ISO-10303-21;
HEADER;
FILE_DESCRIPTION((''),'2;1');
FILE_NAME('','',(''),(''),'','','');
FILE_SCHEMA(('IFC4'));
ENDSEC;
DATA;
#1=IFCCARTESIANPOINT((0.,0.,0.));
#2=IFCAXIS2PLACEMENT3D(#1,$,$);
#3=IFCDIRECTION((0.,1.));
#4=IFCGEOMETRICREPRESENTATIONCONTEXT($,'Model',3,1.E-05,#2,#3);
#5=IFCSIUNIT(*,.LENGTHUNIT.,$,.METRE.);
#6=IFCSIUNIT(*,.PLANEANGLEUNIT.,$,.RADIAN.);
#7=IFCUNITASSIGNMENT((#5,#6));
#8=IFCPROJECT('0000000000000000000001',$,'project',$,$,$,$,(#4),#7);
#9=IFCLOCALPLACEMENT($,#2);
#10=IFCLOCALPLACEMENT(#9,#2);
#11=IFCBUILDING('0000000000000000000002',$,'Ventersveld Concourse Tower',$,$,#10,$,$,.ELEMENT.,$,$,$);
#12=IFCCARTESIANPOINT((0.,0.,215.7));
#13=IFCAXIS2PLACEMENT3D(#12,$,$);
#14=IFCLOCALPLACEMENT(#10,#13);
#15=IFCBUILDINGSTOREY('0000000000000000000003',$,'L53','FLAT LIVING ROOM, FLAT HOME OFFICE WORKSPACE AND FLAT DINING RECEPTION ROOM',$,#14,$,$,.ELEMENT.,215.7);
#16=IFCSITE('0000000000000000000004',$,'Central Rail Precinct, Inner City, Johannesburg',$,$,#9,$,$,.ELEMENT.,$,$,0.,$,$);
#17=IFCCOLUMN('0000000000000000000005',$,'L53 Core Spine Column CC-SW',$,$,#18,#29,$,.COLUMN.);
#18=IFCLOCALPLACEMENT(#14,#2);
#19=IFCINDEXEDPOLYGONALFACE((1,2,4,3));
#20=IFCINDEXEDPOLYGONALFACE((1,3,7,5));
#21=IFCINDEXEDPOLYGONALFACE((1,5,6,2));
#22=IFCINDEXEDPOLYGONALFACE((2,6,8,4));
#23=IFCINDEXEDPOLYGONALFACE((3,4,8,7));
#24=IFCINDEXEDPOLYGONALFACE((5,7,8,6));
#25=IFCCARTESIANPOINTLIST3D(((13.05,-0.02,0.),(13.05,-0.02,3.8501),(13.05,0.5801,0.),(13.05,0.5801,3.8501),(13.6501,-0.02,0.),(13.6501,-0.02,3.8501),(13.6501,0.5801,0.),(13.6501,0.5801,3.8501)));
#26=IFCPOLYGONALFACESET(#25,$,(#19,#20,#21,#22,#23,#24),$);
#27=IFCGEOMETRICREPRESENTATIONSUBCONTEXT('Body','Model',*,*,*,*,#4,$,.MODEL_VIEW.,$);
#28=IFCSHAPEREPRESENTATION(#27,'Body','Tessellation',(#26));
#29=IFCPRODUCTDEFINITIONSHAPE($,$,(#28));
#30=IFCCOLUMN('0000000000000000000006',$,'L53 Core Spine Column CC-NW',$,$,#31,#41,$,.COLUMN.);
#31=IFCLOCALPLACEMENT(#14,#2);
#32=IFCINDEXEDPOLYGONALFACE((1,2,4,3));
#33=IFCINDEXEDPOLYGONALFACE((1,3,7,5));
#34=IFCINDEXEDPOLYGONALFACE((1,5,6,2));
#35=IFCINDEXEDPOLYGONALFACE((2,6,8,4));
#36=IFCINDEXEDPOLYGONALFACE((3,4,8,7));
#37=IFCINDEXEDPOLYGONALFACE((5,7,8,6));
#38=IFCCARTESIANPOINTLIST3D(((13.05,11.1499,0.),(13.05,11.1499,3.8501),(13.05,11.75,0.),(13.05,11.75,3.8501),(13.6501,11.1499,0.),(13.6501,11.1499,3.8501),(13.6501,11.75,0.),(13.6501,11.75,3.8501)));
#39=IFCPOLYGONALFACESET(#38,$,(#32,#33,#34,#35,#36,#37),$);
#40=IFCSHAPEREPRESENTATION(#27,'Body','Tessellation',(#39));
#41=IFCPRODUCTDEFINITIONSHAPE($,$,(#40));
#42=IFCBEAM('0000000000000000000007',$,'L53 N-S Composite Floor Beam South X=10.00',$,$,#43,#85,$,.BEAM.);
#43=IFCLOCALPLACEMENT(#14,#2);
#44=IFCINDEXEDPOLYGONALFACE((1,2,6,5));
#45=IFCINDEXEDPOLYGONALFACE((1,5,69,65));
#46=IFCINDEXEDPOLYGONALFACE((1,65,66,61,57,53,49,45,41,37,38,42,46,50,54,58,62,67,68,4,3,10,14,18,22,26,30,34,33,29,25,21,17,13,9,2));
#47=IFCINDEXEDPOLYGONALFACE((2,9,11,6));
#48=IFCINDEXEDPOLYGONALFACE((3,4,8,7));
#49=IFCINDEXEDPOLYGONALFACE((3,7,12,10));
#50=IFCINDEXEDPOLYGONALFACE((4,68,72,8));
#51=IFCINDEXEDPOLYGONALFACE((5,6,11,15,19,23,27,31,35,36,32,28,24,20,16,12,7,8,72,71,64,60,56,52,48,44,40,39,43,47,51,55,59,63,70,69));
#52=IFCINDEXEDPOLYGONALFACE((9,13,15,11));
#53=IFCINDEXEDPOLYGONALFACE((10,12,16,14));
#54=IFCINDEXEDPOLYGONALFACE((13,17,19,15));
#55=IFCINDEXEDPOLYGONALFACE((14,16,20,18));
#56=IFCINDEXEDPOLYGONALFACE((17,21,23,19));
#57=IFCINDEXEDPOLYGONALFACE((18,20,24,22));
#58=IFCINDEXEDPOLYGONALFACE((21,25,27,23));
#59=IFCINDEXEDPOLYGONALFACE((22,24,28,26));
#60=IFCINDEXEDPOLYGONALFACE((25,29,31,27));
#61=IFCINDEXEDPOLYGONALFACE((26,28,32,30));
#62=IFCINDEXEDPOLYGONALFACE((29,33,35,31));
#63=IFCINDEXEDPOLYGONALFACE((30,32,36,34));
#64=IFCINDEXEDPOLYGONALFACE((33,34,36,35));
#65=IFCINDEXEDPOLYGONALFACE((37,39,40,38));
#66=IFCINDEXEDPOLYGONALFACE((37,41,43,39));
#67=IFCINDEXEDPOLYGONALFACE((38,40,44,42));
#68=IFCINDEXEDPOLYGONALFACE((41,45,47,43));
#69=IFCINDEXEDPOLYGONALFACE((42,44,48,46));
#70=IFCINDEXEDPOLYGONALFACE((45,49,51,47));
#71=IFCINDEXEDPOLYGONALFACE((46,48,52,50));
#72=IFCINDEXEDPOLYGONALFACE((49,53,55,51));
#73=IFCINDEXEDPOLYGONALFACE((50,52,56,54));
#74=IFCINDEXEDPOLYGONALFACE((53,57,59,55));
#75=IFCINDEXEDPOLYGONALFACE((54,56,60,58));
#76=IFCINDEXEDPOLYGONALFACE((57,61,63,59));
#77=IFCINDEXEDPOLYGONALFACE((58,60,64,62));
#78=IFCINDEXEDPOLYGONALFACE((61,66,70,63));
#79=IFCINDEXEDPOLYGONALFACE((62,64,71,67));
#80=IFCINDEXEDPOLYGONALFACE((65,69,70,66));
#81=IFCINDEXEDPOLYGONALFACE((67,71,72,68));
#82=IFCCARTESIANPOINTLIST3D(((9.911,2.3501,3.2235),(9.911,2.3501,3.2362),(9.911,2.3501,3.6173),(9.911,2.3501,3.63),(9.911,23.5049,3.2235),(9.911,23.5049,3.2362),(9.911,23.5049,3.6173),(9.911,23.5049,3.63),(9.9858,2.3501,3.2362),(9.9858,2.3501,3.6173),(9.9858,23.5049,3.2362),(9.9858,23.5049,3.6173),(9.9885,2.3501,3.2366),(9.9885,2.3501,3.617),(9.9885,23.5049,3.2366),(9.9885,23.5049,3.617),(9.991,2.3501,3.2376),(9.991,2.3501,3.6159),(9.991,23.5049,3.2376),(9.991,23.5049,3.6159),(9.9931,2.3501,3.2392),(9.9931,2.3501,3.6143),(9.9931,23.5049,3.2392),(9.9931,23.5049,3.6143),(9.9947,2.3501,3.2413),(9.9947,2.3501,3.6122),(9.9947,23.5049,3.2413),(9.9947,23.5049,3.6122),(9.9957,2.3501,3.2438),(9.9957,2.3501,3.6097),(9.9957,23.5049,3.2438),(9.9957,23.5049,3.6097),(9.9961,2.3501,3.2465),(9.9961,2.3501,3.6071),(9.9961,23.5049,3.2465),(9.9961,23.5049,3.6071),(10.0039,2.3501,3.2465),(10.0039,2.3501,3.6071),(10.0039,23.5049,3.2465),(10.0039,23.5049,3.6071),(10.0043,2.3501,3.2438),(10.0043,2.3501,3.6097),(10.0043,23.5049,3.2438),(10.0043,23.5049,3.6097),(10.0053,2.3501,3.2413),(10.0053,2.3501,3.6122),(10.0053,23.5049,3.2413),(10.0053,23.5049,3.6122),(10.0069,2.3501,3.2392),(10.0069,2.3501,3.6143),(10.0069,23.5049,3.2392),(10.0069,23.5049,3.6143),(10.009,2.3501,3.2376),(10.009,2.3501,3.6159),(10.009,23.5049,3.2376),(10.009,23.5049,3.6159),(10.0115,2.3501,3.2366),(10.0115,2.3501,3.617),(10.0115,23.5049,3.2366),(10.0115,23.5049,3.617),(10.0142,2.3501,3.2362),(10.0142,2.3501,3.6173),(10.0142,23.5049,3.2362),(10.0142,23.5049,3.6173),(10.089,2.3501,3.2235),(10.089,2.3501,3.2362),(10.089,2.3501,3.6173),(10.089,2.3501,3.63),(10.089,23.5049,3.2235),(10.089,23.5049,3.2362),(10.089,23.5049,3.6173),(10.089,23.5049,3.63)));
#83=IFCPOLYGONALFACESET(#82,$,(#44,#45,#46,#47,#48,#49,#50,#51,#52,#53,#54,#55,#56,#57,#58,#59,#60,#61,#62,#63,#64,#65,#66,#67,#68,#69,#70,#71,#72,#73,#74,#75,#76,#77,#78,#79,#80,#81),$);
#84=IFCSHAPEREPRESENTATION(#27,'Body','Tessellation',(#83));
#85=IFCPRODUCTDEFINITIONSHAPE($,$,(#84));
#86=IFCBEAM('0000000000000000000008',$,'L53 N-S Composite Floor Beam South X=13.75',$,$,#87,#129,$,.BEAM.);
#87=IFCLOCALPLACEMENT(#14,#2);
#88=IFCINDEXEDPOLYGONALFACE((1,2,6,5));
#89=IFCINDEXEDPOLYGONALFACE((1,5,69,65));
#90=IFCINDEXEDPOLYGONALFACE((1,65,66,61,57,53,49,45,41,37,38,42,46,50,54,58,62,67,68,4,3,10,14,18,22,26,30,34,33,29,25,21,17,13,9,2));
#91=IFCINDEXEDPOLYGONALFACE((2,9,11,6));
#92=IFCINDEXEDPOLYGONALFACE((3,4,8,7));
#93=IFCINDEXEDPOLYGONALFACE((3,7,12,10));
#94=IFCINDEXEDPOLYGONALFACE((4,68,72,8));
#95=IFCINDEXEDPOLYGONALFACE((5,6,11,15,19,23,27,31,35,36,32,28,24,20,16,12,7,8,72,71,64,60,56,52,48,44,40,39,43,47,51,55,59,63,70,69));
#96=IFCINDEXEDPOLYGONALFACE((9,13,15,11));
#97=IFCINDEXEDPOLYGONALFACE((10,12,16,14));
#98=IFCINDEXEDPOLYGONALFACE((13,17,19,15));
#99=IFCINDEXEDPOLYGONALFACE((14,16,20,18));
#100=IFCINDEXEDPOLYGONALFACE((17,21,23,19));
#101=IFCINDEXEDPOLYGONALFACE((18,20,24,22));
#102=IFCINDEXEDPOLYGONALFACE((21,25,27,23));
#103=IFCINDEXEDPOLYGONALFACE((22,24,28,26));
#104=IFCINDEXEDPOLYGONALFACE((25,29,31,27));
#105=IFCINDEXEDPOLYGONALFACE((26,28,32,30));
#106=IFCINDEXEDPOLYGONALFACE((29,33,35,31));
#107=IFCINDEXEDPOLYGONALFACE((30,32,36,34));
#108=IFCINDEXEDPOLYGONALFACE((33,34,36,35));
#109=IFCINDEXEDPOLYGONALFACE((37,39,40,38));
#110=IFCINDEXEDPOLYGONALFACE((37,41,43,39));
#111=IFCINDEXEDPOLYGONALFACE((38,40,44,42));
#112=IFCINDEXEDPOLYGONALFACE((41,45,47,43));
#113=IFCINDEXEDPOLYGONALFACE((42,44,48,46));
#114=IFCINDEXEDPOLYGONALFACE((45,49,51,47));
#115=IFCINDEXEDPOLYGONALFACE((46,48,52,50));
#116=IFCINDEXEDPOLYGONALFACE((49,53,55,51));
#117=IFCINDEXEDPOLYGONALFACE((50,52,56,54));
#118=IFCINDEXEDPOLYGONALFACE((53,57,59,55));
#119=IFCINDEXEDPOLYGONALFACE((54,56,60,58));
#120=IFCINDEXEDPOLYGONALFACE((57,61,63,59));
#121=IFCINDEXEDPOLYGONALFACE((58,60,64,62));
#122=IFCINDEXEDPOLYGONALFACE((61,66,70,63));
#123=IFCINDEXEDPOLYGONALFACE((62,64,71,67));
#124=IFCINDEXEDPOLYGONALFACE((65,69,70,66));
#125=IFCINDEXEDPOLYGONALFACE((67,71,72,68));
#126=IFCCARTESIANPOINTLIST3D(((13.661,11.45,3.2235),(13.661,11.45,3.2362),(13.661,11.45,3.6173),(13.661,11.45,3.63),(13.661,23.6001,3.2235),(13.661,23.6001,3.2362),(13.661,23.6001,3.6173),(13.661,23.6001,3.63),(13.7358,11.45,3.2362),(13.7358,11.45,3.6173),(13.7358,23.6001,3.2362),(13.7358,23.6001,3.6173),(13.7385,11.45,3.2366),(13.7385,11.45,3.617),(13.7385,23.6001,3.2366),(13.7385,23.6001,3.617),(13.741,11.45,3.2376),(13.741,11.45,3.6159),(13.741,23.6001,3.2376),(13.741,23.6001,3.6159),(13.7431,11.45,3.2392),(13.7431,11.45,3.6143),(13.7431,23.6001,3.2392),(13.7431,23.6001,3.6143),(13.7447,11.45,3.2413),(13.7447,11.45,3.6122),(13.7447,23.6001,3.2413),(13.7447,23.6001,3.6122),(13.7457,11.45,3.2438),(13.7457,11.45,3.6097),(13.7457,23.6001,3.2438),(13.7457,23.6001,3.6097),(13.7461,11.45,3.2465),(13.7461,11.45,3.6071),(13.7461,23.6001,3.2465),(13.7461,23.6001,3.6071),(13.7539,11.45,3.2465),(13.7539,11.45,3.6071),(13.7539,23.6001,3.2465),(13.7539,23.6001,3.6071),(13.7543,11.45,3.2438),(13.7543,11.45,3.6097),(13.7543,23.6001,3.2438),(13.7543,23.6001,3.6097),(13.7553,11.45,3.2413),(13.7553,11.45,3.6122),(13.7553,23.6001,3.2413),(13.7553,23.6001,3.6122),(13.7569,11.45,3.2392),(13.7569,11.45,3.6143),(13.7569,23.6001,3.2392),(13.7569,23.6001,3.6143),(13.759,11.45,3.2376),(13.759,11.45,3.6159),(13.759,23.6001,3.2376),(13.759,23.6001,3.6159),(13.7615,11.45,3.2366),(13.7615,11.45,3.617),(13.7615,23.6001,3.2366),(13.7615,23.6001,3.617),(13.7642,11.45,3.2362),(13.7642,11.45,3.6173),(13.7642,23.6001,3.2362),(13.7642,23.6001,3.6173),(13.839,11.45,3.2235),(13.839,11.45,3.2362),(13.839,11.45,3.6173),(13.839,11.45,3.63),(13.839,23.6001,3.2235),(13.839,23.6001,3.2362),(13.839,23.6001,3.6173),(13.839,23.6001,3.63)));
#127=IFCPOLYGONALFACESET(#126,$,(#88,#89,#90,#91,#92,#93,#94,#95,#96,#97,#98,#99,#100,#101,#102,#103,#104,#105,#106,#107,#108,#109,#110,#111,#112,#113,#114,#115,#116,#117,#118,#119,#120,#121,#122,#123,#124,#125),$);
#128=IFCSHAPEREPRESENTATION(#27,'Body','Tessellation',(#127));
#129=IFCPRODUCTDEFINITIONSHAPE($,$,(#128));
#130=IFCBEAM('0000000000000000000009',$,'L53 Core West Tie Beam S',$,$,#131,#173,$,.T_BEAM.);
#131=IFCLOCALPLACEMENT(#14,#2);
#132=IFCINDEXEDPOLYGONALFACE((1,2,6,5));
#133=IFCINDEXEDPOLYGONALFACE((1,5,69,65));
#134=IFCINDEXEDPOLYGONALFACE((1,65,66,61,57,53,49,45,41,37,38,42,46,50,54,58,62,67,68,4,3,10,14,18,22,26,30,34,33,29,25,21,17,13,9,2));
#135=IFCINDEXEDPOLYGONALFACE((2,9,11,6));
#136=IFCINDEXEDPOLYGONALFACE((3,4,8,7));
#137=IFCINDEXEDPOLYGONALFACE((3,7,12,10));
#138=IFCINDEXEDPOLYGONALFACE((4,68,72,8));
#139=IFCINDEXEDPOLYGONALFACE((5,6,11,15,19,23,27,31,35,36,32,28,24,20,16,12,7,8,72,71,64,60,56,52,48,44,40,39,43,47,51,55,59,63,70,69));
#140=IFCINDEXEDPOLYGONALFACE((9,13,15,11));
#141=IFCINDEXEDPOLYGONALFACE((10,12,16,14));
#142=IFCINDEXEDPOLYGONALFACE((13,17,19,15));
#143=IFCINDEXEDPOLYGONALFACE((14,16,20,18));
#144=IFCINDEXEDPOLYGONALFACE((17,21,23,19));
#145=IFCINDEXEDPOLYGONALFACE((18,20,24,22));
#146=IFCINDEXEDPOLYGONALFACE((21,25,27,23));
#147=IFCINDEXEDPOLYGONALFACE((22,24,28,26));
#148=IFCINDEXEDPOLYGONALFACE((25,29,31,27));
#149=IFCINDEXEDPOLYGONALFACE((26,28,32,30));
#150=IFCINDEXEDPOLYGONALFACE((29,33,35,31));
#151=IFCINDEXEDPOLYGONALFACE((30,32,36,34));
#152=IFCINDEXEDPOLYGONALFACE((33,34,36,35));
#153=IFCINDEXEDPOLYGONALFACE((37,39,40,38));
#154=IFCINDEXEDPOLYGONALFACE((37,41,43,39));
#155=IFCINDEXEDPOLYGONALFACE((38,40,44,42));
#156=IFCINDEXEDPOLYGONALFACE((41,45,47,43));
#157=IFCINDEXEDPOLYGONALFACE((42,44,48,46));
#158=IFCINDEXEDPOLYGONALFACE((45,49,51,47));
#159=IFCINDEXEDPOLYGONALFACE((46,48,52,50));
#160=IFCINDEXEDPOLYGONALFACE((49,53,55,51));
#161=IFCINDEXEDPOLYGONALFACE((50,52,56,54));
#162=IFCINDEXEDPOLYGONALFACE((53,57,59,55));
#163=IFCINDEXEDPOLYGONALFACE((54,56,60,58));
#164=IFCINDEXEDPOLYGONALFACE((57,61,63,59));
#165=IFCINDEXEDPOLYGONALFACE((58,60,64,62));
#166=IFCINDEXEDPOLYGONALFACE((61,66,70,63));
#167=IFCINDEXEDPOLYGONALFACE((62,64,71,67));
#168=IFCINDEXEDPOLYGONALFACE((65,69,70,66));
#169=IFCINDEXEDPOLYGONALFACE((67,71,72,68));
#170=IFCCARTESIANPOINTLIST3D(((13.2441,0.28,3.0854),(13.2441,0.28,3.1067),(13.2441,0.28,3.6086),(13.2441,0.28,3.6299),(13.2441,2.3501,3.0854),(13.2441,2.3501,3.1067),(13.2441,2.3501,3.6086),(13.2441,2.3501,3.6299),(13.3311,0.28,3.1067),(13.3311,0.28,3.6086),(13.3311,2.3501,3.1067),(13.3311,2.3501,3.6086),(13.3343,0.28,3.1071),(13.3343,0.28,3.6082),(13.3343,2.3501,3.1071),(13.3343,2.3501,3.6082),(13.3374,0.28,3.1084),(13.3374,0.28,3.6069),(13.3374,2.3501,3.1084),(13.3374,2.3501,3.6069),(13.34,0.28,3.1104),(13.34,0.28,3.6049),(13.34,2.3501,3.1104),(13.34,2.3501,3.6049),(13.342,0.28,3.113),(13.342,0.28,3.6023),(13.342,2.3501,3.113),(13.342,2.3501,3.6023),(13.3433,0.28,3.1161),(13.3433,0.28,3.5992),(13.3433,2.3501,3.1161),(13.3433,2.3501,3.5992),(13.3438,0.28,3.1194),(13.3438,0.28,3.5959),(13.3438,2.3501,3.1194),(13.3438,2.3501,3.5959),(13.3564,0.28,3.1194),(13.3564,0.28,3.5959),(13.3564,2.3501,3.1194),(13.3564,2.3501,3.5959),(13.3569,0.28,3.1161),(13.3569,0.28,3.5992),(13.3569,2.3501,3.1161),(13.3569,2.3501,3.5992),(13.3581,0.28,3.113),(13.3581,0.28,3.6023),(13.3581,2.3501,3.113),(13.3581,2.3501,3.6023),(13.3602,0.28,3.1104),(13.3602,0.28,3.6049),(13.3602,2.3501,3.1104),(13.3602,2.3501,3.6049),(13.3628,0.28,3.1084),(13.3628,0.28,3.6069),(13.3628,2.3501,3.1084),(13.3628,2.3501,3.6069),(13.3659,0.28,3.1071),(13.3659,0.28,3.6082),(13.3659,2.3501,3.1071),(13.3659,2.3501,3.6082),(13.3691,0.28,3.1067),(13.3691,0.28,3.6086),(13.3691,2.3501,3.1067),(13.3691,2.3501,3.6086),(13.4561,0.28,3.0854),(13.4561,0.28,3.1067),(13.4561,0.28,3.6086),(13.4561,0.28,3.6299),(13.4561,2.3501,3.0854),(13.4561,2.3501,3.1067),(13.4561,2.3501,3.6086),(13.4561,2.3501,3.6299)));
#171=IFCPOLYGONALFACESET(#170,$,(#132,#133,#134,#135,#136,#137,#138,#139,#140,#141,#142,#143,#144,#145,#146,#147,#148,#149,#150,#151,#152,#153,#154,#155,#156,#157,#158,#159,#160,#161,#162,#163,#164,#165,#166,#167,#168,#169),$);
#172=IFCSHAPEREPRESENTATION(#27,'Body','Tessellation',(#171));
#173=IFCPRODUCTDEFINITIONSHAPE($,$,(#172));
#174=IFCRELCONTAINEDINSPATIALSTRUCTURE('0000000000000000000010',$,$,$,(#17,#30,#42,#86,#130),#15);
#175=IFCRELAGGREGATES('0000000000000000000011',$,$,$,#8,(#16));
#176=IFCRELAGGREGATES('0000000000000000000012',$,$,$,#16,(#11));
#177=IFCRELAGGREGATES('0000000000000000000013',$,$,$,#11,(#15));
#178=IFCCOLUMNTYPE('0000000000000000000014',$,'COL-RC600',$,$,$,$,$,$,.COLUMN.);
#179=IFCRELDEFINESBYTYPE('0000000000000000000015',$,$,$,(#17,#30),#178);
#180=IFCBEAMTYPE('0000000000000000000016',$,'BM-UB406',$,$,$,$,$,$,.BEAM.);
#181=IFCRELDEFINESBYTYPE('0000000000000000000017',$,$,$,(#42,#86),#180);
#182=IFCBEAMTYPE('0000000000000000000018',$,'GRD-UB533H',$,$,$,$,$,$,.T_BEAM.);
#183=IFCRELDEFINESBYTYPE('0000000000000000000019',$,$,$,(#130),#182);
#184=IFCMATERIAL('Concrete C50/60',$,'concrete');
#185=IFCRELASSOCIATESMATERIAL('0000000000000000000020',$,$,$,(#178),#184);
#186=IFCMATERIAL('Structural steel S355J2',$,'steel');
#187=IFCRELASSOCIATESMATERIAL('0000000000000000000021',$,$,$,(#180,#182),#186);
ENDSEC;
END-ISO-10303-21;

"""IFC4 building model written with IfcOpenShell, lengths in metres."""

from ifc_helpers import new_model, si_unit, direction, frame, origin, origin_2d, place, context, subcontext, project, spatial, rectangle, i_section, extrude, material, material_profile, profile_set, type_object, element, save


model = new_model("IFC4")

# Units and contexts
model_context = context("Model", 3, precision=1e-05, world=origin(), true_north=direction((0.0, 1.0)))
body_context = subcontext(model_context, "Body", "Model", "MODEL_VIEW")
ifc_project = project(units=[si_unit("LENGTHUNIT", "METRE"), si_unit("PLANEANGLEUNIT", "RADIAN")], contexts=[model_context])

# Site, building, storey
site_placement = place(None, origin())
site = spatial("IfcSite", under=ifc_project, at=site_placement, Name="Central Rail Precinct, Inner City, Johannesburg", CompositionType="ELEMENT", RefElevation=0.0)
building_placement = place(site_placement, origin())
building = spatial("IfcBuilding", under=site, at=building_placement, Name="Ventersveld Concourse Tower", CompositionType="ELEMENT")
storey_placement = place(building_placement, frame((0.0, 0.0, 215.7)))
storey = spatial("IfcBuildingStorey", under=building, at=storey_placement, Name="L53", Description="FLAT LIVING ROOM, FLAT HOME OFFICE WORKSPACE AND FLAT DINING RECEPTION ROOM", CompositionType="ELEMENT", Elevation=215.7)

# Columns
ifc_material_1 = material(Name="Concrete C50/60", Category="concrete")
ifc_material_profile_1 = material_profile(ifc_material_1, rectangle(XDim=0.6001, YDim=0.6001, at=origin_2d()), Name="RC 600x600")
ifc_profile_set_1 = profile_set([ifc_material_profile_1], Name="Concrete C50/60")
column_type = type_object("IfcColumnType", Name="COL-RC600", PredefinedType="COLUMN", material=ifc_profile_set_1)
for number, where, z_axis, x_axis, name in (
    (1, (13.3501, 0.28, 0.0), (0.0, 0.0, 1.0), (1.0, 0.0, 0.0), "L53 Core Spine Column CC-SW"),
    (2, (13.3501, 11.45, 0.0), (0.0, 0.0, 1.0), (1.0, 0.0, 0.0), "L53 Core Spine Column CC-NW"),
):
    element("IfcColumn", number, at=place(storey_placement, frame(where, z_axis=z_axis, x_axis=x_axis)), inside=storey, type_object=column_type, Name=name, PredefinedType="COLUMN", context=body_context, shape_type="SweptSolid", body=[
        extrude(rectangle(XDim=0.6001, YDim=0.6001, at=origin_2d()), origin(), (0.0, 0.0, 1.0), 3.8501),
    ])

# Beams
ifc_material_2 = material(Name="Structural steel S355J2", Category="steel")
ifc_material_profile_2 = material_profile(ifc_material_2, i_section(OverallWidth=0.178, OverallDepth=0.4065, WebThickness=0.0078, FlangeThickness=0.0127, FilletRadius=0.0103, at=origin_2d()), Name="UB 406x178x60")
ifc_profile_set_2 = profile_set([ifc_material_profile_2], Name="Structural steel S355J2")
beam_type_1 = type_object("IfcBeamType", Name="BM-UB406", PredefinedType="BEAM", material=ifc_profile_set_2)
beam_1_placement = place(storey_placement, frame((10.0, 2.3501, 3.4268), z_axis=(0.0, 1.0, 0.0), x_axis=(-1.0, 0.0, 0.0)))
element("IfcBeam", 3, at=beam_1_placement, inside=storey, type_object=beam_type_1, Name="L53 N-S Composite Floor Beam South X=10.00", PredefinedType="BEAM", context=body_context, shape_type="SweptSolid", body=[
    extrude(i_section(OverallWidth=0.178, OverallDepth=0.4065, WebThickness=0.0078, FlangeThickness=0.0127, FilletRadius=0.0103, at=origin_2d()), origin(), (0.0, 0.0, 1.0), 21.1548),
])
beam_2_placement = place(storey_placement, frame((13.75, 11.45, 3.4268), z_axis=(0.0, 1.0, 0.0), x_axis=(-1.0, 0.0, 0.0)))
element("IfcBeam", 4, at=beam_2_placement, inside=storey, type_object=beam_type_1, Name="L53 N-S Composite Floor Beam South X=13.75", PredefinedType="BEAM", context=body_context, shape_type="SweptSolid", body=[
    extrude(i_section(OverallWidth=0.178, OverallDepth=0.4065, WebThickness=0.0078, FlangeThickness=0.0127, FilletRadius=0.0103, at=origin_2d()), origin(), (0.0, 0.0, 1.0), 12.1501),
])
ifc_material_profile_3 = material_profile(ifc_material_2, i_section(OverallWidth=0.2119, OverallDepth=0.5444, WebThickness=0.0127, FlangeThickness=0.0212, FilletRadius=0.0127, at=origin_2d()), Name="UB 533x210x122")
ifc_profile_set_3 = profile_set([ifc_material_profile_3], Name="Structural steel S355J2")
beam_type_2 = type_object("IfcBeamType", Name="GRD-UB533H", PredefinedType="T_BEAM", material=ifc_profile_set_3)
beam_3_placement = place(storey_placement, frame((13.3501, 0.28, 3.3577), z_axis=(0.0, 1.0, 0.0), x_axis=(-1.0, 0.0, 0.0)))
element("IfcBeam", 5, at=beam_3_placement, inside=storey, type_object=beam_type_2, Name="L53 Core West Tie Beam S", PredefinedType="T_BEAM", context=body_context, shape_type="SweptSolid", body=[
    extrude(i_section(OverallWidth=0.2119, OverallDepth=0.5444, WebThickness=0.0127, FlangeThickness=0.0212, FilletRadius=0.0127, at=origin_2d()), origin(), (0.0, 0.0, 1.0), 2.0701),
])

save(model, "model.ifc")
